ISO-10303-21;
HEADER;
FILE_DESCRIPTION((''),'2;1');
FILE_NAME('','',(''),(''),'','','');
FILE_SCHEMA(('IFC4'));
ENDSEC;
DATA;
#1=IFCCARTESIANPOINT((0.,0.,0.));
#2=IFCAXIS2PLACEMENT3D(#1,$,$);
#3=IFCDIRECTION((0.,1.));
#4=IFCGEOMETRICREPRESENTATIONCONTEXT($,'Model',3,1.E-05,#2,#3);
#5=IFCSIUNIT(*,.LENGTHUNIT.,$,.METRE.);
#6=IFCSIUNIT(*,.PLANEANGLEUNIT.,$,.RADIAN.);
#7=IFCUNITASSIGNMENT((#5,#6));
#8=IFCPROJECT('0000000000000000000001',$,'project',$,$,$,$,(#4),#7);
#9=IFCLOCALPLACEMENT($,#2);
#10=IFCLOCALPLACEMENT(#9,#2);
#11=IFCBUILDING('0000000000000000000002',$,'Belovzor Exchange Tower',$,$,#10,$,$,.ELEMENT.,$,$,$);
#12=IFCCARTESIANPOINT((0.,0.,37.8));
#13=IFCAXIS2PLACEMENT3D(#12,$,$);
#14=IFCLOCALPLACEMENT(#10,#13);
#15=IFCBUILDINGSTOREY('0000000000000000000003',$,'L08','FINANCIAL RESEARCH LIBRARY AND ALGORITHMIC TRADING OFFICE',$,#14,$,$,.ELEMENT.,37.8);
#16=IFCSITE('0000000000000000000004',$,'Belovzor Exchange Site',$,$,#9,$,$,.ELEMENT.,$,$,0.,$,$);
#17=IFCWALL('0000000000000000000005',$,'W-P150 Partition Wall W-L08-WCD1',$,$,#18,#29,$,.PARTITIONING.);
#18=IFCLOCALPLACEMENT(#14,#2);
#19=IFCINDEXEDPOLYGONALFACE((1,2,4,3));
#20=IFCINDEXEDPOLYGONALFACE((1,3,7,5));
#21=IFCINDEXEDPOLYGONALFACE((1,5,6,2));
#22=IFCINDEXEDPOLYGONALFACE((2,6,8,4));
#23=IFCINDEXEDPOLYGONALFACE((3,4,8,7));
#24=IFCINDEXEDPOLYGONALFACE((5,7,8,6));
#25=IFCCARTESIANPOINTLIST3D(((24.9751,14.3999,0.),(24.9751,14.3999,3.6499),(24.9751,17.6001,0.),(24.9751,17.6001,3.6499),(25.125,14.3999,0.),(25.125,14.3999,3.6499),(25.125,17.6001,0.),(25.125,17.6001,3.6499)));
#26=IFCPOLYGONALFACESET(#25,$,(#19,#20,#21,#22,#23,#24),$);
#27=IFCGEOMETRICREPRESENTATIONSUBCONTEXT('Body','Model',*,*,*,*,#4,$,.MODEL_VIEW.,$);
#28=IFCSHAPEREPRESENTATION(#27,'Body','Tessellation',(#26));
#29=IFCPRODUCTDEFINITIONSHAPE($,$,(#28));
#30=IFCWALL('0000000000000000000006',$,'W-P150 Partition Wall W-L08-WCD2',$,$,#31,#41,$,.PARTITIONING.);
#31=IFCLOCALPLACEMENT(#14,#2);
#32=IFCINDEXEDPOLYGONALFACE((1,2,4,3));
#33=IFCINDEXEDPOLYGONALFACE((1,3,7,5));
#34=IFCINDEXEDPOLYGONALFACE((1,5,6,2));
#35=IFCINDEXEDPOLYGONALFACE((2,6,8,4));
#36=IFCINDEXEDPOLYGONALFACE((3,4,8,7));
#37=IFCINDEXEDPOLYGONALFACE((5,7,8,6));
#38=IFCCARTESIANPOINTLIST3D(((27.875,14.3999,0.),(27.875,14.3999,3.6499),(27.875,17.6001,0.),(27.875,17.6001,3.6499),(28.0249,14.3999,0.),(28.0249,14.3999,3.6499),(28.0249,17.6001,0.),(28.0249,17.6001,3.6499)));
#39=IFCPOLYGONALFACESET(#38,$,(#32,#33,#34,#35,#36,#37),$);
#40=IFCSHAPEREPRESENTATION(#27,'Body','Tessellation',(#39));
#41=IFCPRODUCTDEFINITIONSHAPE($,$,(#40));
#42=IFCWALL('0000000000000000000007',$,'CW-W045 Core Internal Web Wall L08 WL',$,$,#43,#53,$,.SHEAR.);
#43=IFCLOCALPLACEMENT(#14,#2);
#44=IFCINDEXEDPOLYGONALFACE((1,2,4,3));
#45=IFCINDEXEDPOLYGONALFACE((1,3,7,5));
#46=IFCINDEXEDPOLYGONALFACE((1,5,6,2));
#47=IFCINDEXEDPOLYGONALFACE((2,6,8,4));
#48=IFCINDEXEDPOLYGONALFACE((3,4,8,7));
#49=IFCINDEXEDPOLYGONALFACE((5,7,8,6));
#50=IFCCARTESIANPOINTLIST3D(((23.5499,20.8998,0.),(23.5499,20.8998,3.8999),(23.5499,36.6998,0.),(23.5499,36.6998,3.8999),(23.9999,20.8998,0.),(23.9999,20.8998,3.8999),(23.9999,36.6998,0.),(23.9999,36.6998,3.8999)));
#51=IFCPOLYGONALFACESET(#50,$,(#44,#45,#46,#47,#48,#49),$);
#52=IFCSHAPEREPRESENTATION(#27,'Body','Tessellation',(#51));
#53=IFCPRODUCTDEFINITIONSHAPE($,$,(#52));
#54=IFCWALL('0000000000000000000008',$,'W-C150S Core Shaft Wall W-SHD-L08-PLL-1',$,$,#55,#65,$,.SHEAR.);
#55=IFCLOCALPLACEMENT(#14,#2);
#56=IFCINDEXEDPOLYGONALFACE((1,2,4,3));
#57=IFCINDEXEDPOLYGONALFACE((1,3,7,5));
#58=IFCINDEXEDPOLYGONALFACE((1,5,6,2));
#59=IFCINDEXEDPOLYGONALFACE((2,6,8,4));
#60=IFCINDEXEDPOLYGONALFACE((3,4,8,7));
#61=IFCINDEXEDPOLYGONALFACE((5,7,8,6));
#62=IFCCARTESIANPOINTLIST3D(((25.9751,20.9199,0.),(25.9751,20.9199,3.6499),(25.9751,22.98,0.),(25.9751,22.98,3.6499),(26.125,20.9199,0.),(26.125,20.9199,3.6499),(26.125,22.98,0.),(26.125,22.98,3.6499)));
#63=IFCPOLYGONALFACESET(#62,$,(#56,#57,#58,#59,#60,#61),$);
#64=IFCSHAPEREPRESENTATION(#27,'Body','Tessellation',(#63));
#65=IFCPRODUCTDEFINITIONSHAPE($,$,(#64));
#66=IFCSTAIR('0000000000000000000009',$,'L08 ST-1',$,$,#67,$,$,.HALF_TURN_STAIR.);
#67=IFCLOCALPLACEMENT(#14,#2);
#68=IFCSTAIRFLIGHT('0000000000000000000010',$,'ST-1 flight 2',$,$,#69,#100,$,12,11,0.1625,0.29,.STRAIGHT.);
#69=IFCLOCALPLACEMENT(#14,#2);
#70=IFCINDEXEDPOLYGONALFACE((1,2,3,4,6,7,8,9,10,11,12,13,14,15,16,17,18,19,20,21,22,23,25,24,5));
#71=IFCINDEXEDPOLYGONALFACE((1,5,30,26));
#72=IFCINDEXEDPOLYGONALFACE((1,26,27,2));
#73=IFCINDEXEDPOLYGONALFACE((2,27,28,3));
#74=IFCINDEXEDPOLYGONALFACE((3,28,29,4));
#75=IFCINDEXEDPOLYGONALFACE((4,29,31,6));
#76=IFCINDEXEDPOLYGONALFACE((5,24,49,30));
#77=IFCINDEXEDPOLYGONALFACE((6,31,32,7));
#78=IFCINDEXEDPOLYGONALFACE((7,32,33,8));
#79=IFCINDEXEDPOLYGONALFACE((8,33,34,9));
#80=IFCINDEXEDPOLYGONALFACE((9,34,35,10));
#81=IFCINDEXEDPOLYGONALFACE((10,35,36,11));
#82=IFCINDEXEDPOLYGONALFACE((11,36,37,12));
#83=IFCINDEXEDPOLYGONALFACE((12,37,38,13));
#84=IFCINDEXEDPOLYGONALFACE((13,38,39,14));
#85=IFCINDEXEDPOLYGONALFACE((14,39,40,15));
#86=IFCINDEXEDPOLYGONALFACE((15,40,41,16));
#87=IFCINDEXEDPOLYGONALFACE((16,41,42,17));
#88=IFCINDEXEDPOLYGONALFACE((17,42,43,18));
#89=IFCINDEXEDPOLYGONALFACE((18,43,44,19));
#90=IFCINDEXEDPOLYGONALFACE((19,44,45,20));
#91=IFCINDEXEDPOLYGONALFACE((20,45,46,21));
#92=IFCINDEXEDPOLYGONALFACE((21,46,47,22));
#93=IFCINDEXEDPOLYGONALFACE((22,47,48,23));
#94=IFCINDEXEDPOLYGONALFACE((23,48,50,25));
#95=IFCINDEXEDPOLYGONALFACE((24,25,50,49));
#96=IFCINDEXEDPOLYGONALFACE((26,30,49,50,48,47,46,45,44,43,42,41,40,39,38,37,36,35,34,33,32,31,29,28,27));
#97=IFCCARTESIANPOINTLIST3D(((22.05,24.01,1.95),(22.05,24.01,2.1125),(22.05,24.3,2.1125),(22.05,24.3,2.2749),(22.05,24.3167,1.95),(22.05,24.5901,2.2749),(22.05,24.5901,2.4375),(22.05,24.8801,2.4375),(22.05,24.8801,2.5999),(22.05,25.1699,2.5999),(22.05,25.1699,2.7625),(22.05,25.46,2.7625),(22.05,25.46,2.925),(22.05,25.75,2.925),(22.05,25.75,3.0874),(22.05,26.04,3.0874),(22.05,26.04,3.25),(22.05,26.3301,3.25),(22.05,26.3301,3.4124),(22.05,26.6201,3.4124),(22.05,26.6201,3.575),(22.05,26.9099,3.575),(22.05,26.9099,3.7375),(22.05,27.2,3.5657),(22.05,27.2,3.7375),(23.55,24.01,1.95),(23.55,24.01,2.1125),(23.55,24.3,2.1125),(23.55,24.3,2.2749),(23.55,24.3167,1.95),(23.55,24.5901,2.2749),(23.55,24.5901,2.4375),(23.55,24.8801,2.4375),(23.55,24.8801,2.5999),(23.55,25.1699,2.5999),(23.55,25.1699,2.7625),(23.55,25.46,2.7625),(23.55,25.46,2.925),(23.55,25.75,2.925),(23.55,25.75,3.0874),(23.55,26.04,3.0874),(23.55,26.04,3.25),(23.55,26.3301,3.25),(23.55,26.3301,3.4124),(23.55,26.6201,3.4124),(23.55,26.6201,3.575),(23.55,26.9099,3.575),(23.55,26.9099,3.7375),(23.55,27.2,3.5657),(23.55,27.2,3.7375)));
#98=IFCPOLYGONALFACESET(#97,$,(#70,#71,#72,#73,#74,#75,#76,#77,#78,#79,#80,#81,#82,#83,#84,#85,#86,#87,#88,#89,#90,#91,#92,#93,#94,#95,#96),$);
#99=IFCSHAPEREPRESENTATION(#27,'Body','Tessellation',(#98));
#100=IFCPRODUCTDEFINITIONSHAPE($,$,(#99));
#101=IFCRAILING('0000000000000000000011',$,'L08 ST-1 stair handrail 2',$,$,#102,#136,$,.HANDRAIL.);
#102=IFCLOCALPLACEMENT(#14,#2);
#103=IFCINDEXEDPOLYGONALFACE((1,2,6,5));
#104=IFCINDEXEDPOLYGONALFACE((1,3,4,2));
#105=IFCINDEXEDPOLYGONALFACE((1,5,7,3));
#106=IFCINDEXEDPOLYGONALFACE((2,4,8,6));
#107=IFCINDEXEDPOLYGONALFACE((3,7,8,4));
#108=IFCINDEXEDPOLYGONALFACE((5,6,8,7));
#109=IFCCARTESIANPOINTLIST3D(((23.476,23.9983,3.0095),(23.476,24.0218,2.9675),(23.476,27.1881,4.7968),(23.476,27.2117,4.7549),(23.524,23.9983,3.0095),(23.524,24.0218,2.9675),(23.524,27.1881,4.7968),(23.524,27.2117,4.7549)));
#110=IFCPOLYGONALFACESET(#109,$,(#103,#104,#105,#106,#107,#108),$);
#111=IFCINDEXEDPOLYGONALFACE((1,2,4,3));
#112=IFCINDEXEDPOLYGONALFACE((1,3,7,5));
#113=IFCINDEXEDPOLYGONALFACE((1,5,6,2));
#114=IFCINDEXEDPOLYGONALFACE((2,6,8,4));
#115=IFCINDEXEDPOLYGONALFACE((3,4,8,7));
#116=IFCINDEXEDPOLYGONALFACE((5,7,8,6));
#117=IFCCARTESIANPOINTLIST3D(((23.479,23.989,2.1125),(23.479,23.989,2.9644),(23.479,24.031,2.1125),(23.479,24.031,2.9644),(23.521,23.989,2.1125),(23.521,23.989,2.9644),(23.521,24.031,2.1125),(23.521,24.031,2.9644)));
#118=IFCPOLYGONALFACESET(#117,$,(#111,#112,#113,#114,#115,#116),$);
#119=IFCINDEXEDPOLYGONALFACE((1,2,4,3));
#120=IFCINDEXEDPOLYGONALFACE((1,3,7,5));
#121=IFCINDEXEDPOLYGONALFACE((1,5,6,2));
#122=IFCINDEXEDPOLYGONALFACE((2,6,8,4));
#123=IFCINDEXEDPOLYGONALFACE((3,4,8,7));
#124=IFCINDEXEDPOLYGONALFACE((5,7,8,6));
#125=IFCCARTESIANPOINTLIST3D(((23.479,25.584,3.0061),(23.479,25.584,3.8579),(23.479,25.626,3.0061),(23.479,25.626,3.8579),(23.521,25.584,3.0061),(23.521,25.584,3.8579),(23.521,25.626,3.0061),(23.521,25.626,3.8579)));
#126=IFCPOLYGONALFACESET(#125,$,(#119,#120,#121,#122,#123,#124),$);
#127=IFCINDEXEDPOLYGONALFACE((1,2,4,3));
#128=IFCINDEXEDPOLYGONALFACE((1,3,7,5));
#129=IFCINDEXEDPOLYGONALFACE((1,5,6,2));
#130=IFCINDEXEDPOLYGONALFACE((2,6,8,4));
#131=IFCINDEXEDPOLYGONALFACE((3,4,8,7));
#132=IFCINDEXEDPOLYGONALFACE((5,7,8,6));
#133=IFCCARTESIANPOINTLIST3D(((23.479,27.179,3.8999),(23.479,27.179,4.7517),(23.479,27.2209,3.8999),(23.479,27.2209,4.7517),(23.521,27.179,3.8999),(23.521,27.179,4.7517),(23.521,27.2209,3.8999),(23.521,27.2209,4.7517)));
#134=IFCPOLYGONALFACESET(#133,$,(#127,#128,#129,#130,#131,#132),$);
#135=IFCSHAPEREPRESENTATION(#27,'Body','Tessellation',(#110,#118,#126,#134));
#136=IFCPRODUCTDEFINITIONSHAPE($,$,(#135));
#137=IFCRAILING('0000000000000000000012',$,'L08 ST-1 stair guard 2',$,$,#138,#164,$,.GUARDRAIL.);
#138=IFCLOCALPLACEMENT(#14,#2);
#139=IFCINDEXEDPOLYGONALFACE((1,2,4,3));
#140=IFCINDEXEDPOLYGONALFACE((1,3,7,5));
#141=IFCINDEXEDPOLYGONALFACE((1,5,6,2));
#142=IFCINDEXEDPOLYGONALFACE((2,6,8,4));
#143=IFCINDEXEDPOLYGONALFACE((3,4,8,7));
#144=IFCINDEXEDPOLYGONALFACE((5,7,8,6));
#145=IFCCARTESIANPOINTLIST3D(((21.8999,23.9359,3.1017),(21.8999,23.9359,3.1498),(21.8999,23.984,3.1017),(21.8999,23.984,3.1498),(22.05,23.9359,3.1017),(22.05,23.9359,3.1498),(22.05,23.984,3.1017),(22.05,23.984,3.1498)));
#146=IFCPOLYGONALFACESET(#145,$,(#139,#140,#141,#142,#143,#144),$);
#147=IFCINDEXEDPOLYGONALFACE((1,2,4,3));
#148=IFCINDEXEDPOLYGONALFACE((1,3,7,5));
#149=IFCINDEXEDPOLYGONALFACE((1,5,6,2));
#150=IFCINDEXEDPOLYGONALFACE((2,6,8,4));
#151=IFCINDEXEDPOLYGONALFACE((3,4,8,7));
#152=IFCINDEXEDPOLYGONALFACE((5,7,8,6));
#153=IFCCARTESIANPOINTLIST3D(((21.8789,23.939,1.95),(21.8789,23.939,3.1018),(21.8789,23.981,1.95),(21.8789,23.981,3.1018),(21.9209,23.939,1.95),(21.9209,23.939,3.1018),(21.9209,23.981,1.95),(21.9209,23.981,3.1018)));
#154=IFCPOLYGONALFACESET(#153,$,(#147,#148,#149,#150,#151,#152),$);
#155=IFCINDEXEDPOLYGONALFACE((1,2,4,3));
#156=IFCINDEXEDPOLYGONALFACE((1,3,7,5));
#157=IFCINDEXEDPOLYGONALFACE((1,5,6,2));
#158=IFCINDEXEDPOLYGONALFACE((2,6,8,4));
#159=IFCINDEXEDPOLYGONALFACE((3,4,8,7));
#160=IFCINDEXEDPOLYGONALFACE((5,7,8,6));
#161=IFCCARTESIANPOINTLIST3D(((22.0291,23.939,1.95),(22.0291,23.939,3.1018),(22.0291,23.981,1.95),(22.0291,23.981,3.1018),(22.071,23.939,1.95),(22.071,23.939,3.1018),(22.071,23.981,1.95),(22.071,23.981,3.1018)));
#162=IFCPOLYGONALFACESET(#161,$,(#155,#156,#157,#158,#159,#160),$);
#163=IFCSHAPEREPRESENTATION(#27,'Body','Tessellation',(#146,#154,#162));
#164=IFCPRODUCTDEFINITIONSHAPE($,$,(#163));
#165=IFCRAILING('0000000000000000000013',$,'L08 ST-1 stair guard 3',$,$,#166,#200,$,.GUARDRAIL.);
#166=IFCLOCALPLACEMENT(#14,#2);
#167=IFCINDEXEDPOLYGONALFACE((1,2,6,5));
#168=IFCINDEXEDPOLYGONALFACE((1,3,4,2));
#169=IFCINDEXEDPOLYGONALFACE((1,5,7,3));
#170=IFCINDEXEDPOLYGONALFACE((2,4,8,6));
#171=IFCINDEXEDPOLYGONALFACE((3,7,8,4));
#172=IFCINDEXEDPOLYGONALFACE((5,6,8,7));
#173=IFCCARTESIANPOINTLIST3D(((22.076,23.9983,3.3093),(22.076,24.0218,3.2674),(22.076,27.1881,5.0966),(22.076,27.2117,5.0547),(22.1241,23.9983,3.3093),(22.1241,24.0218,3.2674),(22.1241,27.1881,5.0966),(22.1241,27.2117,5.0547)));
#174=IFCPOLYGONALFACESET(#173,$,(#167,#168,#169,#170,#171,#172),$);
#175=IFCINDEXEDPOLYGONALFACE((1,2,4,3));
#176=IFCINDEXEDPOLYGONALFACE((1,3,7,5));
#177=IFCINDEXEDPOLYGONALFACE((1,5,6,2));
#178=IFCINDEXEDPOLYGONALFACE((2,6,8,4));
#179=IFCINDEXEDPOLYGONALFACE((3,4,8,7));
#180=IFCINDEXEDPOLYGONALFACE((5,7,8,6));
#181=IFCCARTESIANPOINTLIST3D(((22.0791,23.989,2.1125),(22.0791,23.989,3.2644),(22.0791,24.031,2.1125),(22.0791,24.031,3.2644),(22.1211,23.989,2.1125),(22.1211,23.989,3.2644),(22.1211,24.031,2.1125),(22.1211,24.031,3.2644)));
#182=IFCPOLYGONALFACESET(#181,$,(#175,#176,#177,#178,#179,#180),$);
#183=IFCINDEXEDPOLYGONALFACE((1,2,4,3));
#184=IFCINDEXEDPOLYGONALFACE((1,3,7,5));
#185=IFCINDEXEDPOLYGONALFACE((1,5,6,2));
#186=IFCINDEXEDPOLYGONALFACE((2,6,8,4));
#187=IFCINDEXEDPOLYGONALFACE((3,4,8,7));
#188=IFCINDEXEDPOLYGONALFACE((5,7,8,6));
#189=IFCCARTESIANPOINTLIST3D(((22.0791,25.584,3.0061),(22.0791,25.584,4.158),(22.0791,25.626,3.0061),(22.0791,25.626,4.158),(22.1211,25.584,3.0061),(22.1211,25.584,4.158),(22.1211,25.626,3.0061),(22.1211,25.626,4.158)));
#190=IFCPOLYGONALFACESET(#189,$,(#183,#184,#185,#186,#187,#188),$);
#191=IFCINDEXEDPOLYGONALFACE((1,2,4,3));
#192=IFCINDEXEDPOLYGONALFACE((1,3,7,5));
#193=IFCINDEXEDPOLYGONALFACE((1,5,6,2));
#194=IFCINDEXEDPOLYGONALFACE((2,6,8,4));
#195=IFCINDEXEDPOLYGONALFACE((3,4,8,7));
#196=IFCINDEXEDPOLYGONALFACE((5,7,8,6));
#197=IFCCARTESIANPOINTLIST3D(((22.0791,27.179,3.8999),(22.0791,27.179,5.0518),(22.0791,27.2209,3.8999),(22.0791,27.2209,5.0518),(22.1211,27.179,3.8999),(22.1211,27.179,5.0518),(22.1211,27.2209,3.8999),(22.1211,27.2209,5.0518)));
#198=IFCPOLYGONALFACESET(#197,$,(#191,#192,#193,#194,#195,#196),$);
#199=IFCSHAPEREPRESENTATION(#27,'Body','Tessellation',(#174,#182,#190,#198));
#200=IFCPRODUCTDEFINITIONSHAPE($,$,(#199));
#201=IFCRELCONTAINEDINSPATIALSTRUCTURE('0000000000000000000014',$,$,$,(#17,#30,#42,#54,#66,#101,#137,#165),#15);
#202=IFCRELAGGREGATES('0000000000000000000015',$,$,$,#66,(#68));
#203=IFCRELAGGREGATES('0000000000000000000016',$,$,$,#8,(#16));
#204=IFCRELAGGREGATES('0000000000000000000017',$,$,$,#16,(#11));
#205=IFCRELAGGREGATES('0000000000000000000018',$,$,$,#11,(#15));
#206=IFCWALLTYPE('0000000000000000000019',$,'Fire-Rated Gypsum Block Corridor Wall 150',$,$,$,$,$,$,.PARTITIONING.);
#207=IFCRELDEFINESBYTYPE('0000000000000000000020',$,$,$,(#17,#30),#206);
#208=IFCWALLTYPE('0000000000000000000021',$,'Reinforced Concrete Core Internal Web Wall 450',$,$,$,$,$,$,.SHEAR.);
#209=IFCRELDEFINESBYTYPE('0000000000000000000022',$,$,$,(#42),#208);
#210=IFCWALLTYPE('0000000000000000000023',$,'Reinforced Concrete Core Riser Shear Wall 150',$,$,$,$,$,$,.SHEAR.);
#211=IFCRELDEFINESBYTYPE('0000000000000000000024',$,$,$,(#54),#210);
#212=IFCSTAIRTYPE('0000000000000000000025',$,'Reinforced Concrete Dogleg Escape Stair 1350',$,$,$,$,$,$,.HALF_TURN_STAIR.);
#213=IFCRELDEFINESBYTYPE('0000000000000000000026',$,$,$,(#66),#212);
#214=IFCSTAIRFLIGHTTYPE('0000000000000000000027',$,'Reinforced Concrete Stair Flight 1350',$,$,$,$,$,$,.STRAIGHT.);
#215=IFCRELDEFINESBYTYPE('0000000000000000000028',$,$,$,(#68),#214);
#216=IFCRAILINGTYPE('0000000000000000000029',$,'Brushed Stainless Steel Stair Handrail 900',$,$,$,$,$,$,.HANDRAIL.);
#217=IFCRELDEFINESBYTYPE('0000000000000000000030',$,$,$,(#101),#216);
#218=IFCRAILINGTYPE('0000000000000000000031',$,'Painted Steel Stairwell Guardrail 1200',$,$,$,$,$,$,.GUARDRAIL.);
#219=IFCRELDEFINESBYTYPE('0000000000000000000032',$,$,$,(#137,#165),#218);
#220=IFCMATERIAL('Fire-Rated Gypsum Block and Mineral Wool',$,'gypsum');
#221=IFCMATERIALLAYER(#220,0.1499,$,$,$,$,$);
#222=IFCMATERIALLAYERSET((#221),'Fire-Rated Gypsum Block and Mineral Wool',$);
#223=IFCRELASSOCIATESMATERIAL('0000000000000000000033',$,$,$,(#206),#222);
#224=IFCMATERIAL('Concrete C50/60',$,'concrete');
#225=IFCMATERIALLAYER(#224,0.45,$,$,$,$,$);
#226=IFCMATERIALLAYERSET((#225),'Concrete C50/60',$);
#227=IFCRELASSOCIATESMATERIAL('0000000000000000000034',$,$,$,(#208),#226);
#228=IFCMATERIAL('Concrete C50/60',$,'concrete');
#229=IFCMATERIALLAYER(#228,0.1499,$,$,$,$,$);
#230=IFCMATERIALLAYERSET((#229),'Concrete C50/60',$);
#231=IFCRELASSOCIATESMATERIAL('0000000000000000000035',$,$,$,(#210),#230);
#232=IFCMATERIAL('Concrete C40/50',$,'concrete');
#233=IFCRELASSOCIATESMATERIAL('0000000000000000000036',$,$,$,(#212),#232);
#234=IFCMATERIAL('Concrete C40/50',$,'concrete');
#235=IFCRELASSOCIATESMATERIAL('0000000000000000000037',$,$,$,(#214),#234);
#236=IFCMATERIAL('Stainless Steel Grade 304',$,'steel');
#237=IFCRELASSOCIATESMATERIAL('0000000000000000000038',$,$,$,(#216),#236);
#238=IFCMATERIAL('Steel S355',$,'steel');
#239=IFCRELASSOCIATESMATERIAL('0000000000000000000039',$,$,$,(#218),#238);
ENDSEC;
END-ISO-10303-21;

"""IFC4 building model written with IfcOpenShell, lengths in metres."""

from ifc_helpers import new_model, si_unit, direction, frame, frame_2d, origin, origin_2d, place, context, subcontext, project, spatial, polyline, rectangle, outline, extrude, material, layer, layer_set, type_object, element, aggregate, save


model = new_model("IFC4")

# Units and contexts
model_context = context("Model", 3, precision=1e-05, world=origin(), true_north=direction((0.0, 1.0)))
body_context = subcontext(model_context, "Body", "Model", "MODEL_VIEW")
ifc_project = project(units=[si_unit("LENGTHUNIT", "METRE"), si_unit("PLANEANGLEUNIT", "RADIAN")], contexts=[model_context])

# Site, building, storey
site_placement = place(None, origin())
site = spatial("IfcSite", under=ifc_project, at=site_placement, Name="Belovzor Exchange Site", CompositionType="ELEMENT", RefElevation=0.0)
building_placement = place(site_placement, origin())
building = spatial("IfcBuilding", under=site, at=building_placement, Name="Belovzor Exchange Tower", CompositionType="ELEMENT")
storey_placement = place(building_placement, frame((0.0, 0.0, 37.8)))
storey = spatial("IfcBuildingStorey", under=building, at=storey_placement, Name="L08", Description="FINANCIAL RESEARCH LIBRARY AND ALGORITHMIC TRADING OFFICE", CompositionType="ELEMENT", Elevation=37.8)

# Walls
ifc_material_1 = material(Name="Fire-Rated Gypsum Block and Mineral Wool", Category="gypsum")
ifc_layer_1 = layer(ifc_material_1, 0.1499)
ifc_layer_set_1 = layer_set([ifc_layer_1], Name="Fire-Rated Gypsum Block and Mineral Wool")
wall_type_1 = type_object("IfcWallType", Name="Fire-Rated Gypsum Block Corridor Wall 150", PredefinedType="PARTITIONING", material=ifc_layer_set_1)
for number, where, z_axis, x_axis, name in (
    (1, (25.05, 14.3999, 0.0), (0.0, 0.0, 1.0), (0.0, 1.0, 0.0), "W-P150 Partition Wall W-L08-WCD1"),
    (2, (27.95, 14.3999, 0.0), (0.0, 0.0, 1.0), (0.0, 1.0, 0.0), "W-P150 Partition Wall W-L08-WCD2"),
):
    element("IfcWall", number, at=place(storey_placement, frame(where, z_axis=z_axis, x_axis=x_axis)), inside=storey, type_object=wall_type_1, Name=name, PredefinedType="PARTITIONING", context=body_context, shape_type="SweptSolid", body=[
        extrude(rectangle(XDim=3.2002, YDim=0.1499, at=frame_2d((1.6001, 0.0))), origin(), (0.0, 0.0, 1.0), 3.6499),
    ])
ifc_material_2 = material(Name="Concrete C50/60", Category="concrete")
ifc_layer_2 = layer(ifc_material_2, 0.45)
ifc_layer_set_2 = layer_set([ifc_layer_2], Name="Concrete C50/60")
wall_type_2 = type_object("IfcWallType", Name="Reinforced Concrete Core Internal Web Wall 450", PredefinedType="SHEAR", material=ifc_layer_set_2)
wall_1_placement = place(storey_placement, frame((23.7749, 20.8999, 0.0), z_axis=(0.0, 0.0, 1.0), x_axis=(0.0, 1.0, 0.0)))
element("IfcWall", 3, at=wall_1_placement, inside=storey, type_object=wall_type_2, Name="CW-W045 Core Internal Web Wall L08 WL", PredefinedType="SHEAR", context=body_context, shape_type="SweptSolid", body=[
    extrude(rectangle(XDim=15.8, YDim=0.45, at=frame_2d((7.8999, 0.0))), origin(), (0.0, 0.0, 1.0), 3.8999),
])
ifc_material_3 = material(Name="Concrete C50/60", Category="concrete")
ifc_layer_3 = layer(ifc_material_3, 0.1499)
ifc_layer_set_3 = layer_set([ifc_layer_3], Name="Concrete C50/60")
wall_type_3 = type_object("IfcWallType", Name="Reinforced Concrete Core Riser Shear Wall 150", PredefinedType="SHEAR", material=ifc_layer_set_3)
wall_2_placement = place(storey_placement, frame((26.05, 20.9199, 0.0), z_axis=(0.0, 0.0, 1.0), x_axis=(0.0, 1.0, 0.0)))
element("IfcWall", 4, at=wall_2_placement, inside=storey, type_object=wall_type_3, Name="W-C150S Core Shaft Wall W-SHD-L08-PLL-1", PredefinedType="SHEAR", context=body_context, shape_type="SweptSolid", body=[
    extrude(rectangle(XDim=2.0601, YDim=0.1499, at=frame_2d((1.03, 0.0))), origin(), (0.0, 0.0, 1.0), 3.6499),
])

# Stair, stair flight
ifc_material_4 = material(Name="Concrete C40/50", Category="concrete")
stair_type = type_object("IfcStairType", Name="Reinforced Concrete Dogleg Escape Stair 1350", PredefinedType="HALF_TURN_STAIR", material=ifc_material_4)
stair_placement = place(storey_placement, origin())
stair = element("IfcStair", 5, at=stair_placement, inside=storey, type_object=stair_type, Name="L08 ST-1", PredefinedType="HALF_TURN_STAIR")
ifc_material_5 = material(Name="Concrete C40/50", Category="concrete")
stair_flight_type = type_object("IfcStairFlightType", Name="Reinforced Concrete Stair Flight 1350", PredefinedType="STRAIGHT", material=ifc_material_5)
stair_flight_placement = place(storey_placement, frame((22.8, 24.01, 1.95), z_axis=(0.0, 0.0, 1.0), x_axis=(0.0, 1.0, 0.0)))
stair_flight = element("IfcStairFlight", 6, at=stair_flight_placement, type_object=stair_flight_type, Name="ST-1 flight 2", NumberOfRisers=12, NumberOfTreads=11, PredefinedType="STRAIGHT", RiserHeight=0.1625, TreadLength=0.29, context=body_context, shape_type="SweptSolid", body=[
    extrude(outline(polyline([(0.0, 0.0), (0.0, 0.1626), (0.29, 0.1626), (0.29, 0.325), (0.5801, 0.325), (0.5801, 0.4875), (0.8701, 0.4875), (0.8701, 0.6499), (1.1599, 0.6499), (1.1599, 0.8125), (1.45, 0.8125), (1.45, 0.9751), (1.74, 0.9751), (1.74, 1.1375), (2.03, 1.1375), (2.03, 1.3), (2.3201, 1.3), (2.3201, 1.4624), (2.6101, 1.4624), (2.6101, 1.625), (2.8999, 1.625), (2.8999, 1.7876), (3.1899, 1.7876), (3.1899, 1.95), (3.1899, 1.6157), (0.3066, 0.0), (0.0, 0.0)])), frame((0.0, 0.75, 0.0), z_axis=(0.0, -1.0, 0.0), x_axis=(1.0, 0.0, 0.0)), (0.0, 0.0, 1.0), 1.5),
])
aggregate(stair, [stair_flight])

# Railings
ifc_material_6 = material(Name="Stainless Steel Grade 304", Category="steel")
railing_type_1 = type_object("IfcRailingType", Name="Brushed Stainless Steel Stair Handrail 900", PredefinedType="HANDRAIL", material=ifc_material_6)
railing_1_placement = place(storey_placement, frame((23.5, 24.01, 2.1125)))
element("IfcRailing", 7, at=railing_1_placement, inside=storey, type_object=railing_type_1, Name="L08 ST-1 stair handrail 2", PredefinedType="HANDRAIL", context=body_context, shape_type="SweptSolid", body=[
    extrude(rectangle(XDim=0.0481, YDim=0.0481, at=origin_2d()), frame((0.0, 0.0, 0.876), z_axis=(0.0, 0.872391, 0.488809), x_axis=(-1.0, 0.0, 0.0)), (0.0, 0.0, 1.0), 3.6565),
    extrude(rectangle(XDim=0.042, YDim=0.042, at=origin_2d()), origin(), (0.0, 0.0, 1.0), 0.8518),
    extrude(rectangle(XDim=0.042, YDim=0.042, at=origin_2d()), frame((0.0, 1.595, 0.8936)), (0.0, 0.0, 1.0), 0.8518),
    extrude(rectangle(XDim=0.042, YDim=0.042, at=origin_2d()), frame((0.0, 3.1899, 1.7874)), (0.0, 0.0, 1.0), 0.8518),
])
ifc_material_7 = material(Name="Steel S355", Category="steel")
railing_type_2 = type_object("IfcRailingType", Name="Painted Steel Stairwell Guardrail 1200", PredefinedType="GUARDRAIL", material=ifc_material_7)
railing_2_placement = place(storey_placement, frame((21.8999, 23.96, 1.95)))
element("IfcRailing", 8, at=railing_2_placement, inside=storey, type_object=railing_type_2, Name="L08 ST-1 stair guard 2", PredefinedType="GUARDRAIL", context=body_context, shape_type="SweptSolid", body=[
    extrude(rectangle(XDim=0.0481, YDim=0.0481, at=origin_2d()), frame((0.0, 0.0, 1.1758), z_axis=(1.0, 0.0, 0.0), x_axis=(0.0, 1.0, 0.0)), (0.0, 0.0, 1.0), 0.1501),
    extrude(rectangle(XDim=0.042, YDim=0.042, at=origin_2d()), origin(), (0.0, 0.0, 1.0), 1.1519),
    extrude(rectangle(XDim=0.042, YDim=0.042, at=origin_2d()), frame((0.1501, 0.0, 0.0)), (0.0, 0.0, 1.0), 1.1519),
])
railing_3_placement = place(storey_placement, frame((22.1001, 24.01, 2.1125)))
element("IfcRailing", 9, at=railing_3_placement, inside=storey, type_object=railing_type_2, Name="L08 ST-1 stair guard 3", PredefinedType="GUARDRAIL", context=body_context, shape_type="SweptSolid", body=[
    extrude(rectangle(XDim=0.0481, YDim=0.0481, at=origin_2d()), frame((0.0, 0.0, 1.1758), z_axis=(0.0, 0.872391, 0.488809), x_axis=(-1.0, 0.0, 0.0)), (0.0, 0.0, 1.0), 3.6565),
    extrude(rectangle(XDim=0.042, YDim=0.042, at=origin_2d()), origin(), (0.0, 0.0, 1.0), 1.1519),
    extrude(rectangle(XDim=0.042, YDim=0.042, at=origin_2d()), frame((0.0, 1.595, 0.8936)), (0.0, 0.0, 1.0), 1.1519),
    extrude(rectangle(XDim=0.042, YDim=0.042, at=origin_2d()), frame((0.0, 3.1899, 1.7874)), (0.0, 0.0, 1.0), 1.1519),
])

save(model, "model.ifc")
